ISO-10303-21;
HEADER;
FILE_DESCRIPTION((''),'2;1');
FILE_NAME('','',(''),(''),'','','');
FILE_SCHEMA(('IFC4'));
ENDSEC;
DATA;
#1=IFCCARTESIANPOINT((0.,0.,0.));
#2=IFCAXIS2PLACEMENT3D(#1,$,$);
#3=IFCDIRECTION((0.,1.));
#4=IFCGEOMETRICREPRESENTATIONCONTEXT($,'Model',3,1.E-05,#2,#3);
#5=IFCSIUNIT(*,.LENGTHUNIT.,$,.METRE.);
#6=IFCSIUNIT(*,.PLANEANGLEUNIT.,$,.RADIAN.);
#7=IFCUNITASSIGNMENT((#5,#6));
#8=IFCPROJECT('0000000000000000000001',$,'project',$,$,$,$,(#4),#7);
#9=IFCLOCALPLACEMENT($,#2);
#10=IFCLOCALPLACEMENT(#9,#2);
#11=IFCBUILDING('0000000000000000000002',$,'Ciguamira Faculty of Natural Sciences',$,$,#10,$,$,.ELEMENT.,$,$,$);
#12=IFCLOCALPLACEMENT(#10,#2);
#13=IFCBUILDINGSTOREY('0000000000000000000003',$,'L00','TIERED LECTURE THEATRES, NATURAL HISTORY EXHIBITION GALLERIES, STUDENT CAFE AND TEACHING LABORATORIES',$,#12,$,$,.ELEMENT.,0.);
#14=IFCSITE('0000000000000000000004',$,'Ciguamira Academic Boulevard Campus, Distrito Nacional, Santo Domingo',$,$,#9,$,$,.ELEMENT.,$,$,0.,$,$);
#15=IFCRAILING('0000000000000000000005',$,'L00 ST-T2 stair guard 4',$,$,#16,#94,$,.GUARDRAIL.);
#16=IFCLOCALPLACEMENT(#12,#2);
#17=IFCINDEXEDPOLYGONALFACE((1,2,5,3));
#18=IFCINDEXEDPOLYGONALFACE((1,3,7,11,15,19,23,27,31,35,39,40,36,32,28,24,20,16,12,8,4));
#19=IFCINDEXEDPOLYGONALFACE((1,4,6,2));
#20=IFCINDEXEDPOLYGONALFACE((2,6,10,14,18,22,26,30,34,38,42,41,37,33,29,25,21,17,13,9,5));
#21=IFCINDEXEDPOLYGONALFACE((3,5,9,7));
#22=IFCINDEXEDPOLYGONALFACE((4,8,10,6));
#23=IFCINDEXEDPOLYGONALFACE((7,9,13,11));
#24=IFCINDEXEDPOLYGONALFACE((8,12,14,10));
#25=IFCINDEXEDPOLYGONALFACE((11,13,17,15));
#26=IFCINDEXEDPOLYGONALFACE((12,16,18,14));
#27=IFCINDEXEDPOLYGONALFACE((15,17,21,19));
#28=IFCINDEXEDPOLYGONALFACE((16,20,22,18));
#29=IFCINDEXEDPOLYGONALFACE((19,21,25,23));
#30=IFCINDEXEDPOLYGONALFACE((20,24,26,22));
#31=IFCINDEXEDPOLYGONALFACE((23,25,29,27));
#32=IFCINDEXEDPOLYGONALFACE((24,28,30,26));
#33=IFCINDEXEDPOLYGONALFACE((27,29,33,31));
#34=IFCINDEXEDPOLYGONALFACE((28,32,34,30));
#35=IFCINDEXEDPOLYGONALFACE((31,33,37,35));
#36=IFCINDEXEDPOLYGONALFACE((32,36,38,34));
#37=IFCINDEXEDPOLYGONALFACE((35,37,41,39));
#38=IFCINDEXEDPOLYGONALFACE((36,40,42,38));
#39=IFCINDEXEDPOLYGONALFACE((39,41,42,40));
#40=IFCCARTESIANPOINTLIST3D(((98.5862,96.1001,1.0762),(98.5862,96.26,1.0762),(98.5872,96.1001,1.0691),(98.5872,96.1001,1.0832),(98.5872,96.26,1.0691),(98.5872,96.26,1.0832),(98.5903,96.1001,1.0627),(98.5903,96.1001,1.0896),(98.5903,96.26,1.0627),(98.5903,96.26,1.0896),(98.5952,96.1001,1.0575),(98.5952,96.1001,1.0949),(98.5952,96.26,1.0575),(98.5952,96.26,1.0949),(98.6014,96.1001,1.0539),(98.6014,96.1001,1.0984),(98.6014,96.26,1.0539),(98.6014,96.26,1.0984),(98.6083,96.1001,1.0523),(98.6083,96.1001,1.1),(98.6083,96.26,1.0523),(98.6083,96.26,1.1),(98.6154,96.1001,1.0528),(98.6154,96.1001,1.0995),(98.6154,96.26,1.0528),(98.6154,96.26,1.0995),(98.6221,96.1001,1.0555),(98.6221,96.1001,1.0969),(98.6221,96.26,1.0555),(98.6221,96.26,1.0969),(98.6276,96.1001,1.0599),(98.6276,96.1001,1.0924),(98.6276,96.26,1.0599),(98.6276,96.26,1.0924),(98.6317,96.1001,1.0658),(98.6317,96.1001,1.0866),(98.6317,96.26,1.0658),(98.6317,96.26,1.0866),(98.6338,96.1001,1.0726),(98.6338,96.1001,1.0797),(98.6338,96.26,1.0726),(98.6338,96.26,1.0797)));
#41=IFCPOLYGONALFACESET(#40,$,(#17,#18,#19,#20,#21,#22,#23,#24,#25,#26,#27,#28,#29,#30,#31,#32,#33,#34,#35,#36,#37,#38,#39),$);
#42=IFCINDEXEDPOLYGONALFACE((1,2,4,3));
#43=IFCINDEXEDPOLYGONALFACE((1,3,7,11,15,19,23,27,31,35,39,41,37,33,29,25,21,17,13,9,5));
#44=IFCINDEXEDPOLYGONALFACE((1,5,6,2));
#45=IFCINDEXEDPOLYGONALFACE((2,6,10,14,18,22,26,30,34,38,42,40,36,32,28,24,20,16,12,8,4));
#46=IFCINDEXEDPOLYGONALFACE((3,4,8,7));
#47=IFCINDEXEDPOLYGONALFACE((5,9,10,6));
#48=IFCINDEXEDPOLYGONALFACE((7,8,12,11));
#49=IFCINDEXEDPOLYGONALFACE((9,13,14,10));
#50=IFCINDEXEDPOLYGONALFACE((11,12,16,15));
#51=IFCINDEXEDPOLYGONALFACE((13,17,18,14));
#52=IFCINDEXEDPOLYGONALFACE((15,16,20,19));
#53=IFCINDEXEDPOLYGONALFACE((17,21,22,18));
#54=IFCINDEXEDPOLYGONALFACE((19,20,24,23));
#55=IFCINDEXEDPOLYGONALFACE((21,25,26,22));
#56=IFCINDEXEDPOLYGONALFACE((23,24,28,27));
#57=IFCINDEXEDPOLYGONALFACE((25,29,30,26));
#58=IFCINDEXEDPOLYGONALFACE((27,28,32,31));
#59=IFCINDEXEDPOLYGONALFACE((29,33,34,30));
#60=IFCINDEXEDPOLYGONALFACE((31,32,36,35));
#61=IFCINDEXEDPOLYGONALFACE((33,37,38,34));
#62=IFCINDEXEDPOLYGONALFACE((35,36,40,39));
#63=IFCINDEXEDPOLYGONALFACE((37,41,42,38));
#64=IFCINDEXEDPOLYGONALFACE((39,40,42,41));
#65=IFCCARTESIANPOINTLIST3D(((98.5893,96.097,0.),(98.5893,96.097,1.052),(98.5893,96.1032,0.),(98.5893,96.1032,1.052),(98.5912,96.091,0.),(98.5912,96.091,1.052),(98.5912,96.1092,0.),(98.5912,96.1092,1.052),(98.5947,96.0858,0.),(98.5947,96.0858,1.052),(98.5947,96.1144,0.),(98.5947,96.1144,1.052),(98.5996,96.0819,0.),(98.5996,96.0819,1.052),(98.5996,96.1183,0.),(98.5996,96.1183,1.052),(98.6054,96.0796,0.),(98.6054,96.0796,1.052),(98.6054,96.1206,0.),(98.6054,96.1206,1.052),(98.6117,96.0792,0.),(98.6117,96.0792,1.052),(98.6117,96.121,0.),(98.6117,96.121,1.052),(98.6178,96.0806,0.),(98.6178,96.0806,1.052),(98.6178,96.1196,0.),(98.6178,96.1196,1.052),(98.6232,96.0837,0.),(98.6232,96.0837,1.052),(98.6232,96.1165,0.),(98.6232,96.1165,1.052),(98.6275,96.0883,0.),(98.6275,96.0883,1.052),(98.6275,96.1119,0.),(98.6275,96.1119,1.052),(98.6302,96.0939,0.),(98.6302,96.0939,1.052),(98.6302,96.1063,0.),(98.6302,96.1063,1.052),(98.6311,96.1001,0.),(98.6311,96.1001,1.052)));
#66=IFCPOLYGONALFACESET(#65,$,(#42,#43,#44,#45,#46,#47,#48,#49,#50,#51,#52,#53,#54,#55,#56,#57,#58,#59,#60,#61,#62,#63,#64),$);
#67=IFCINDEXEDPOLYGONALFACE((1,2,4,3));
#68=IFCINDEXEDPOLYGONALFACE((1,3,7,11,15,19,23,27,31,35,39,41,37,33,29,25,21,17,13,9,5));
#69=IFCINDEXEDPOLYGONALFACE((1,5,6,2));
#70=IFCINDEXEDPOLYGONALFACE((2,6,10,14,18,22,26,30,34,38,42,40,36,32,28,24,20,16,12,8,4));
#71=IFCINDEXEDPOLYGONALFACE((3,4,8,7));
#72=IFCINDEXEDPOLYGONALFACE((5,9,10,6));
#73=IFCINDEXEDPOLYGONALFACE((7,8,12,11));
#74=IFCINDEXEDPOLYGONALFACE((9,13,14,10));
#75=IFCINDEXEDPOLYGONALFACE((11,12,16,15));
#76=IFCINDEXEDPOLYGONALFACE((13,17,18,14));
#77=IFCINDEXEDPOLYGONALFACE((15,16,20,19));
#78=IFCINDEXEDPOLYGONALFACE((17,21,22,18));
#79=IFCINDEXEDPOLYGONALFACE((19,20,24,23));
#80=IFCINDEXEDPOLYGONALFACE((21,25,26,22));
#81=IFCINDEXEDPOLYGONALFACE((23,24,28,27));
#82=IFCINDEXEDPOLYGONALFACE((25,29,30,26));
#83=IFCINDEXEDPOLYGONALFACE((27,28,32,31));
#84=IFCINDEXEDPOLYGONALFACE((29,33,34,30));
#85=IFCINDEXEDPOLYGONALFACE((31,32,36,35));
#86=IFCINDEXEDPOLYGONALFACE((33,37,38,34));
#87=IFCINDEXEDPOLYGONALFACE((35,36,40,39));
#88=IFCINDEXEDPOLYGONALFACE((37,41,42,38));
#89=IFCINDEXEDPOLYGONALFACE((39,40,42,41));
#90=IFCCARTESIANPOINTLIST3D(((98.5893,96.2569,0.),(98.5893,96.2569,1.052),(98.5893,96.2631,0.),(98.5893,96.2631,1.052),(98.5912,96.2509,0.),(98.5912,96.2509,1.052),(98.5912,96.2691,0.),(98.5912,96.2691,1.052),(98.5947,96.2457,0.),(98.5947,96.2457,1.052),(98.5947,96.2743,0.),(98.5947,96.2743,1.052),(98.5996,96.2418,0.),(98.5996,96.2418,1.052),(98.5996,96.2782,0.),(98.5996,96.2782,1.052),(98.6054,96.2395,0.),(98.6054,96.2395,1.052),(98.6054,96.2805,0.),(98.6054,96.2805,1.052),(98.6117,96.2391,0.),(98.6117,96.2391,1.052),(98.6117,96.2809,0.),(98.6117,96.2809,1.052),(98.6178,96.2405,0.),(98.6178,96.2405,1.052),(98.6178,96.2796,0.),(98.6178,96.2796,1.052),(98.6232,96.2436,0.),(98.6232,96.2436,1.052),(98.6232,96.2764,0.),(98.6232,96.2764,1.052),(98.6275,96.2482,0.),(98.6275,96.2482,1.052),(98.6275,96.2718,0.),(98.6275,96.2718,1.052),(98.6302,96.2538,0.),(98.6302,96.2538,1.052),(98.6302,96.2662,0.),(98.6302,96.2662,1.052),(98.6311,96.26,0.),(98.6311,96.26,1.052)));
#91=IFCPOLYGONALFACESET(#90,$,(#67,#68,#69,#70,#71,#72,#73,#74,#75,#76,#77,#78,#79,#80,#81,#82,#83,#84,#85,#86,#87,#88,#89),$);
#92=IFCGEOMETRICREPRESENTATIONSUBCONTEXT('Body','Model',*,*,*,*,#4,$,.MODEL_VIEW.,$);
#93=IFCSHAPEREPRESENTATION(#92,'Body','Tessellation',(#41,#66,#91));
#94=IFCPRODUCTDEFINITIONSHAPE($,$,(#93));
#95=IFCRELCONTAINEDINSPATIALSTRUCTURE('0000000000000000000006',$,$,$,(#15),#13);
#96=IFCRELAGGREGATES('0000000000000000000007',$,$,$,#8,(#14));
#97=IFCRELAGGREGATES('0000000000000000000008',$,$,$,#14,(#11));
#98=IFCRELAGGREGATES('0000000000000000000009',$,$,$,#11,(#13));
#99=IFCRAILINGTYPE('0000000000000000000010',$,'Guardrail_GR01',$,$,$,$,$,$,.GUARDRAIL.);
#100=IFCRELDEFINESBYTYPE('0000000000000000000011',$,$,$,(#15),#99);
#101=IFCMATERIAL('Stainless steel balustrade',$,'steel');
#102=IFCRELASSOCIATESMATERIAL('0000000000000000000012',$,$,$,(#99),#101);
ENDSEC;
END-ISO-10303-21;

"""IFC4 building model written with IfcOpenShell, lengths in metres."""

from ifc_helpers import new_model, si_unit, direction, frame, origin, origin_2d, place, context, subcontext, project, spatial, circle, extrude, material, type_object, element, save


model = new_model("IFC4")

# Units and contexts
model_context = context("Model", 3, precision=1e-05, world=origin(), true_north=direction((0.0, 1.0)))
body_context = subcontext(model_context, "Body", "Model", "MODEL_VIEW")
ifc_project = project(units=[si_unit("LENGTHUNIT", "METRE"), si_unit("PLANEANGLEUNIT", "RADIAN")], contexts=[model_context])

# Site, building, storey
site_placement = place(None, origin())
site = spatial("IfcSite", under=ifc_project, at=site_placement, Name="Ciguamira Academic Boulevard Campus, Distrito Nacional, Santo Domingo", CompositionType="ELEMENT", RefElevation=0.0)
building_placement = place(site_placement, origin())
building = spatial("IfcBuilding", under=site, at=building_placement, Name="Ciguamira Faculty of Natural Sciences", CompositionType="ELEMENT")
storey_placement = place(building_placement, origin())
storey = spatial("IfcBuildingStorey", under=building, at=storey_placement, Name="L00", Description="TIERED LECTURE THEATRES, NATURAL HISTORY EXHIBITION GALLERIES, STUDENT CAFE AND TEACHING LABORATORIES", CompositionType="ELEMENT", Elevation=0.0)

# Railing
ifc_material_1 = material(Name="Stainless steel balustrade", Category="steel")
railing_type = type_object("IfcRailingType", Name="Guardrail_GR01", PredefinedType="GUARDRAIL", material=ifc_material_1)
railing_1_placement = place(storey_placement, frame((98.6101, 96.1001, 0.0)))
element("IfcRailing", 1, at=railing_1_placement, inside=storey, type_object=railing_type, Name="L00 ST-T2 stair guard 4", PredefinedType="GUARDRAIL", context=body_context, shape_type="SweptSolid", body=[
    extrude(circle(Radius=0.0239, at=origin_2d()), frame((0.0, 0.0, 1.0762), z_axis=(0.0, 1.0, 0.0), x_axis=(-1.0, 0.0, 0.0)), (0.0, 0.0, 1.0), 0.1599),
    extrude(circle(Radius=0.021, at=origin_2d()), origin(), (0.0, 0.0, 1.0), 1.052),
    extrude(circle(Radius=0.021, at=origin_2d()), frame((0.0, 0.1599, 0.0)), (0.0, 0.0, 1.0), 1.052),
])

save(model, "model.ifc")
